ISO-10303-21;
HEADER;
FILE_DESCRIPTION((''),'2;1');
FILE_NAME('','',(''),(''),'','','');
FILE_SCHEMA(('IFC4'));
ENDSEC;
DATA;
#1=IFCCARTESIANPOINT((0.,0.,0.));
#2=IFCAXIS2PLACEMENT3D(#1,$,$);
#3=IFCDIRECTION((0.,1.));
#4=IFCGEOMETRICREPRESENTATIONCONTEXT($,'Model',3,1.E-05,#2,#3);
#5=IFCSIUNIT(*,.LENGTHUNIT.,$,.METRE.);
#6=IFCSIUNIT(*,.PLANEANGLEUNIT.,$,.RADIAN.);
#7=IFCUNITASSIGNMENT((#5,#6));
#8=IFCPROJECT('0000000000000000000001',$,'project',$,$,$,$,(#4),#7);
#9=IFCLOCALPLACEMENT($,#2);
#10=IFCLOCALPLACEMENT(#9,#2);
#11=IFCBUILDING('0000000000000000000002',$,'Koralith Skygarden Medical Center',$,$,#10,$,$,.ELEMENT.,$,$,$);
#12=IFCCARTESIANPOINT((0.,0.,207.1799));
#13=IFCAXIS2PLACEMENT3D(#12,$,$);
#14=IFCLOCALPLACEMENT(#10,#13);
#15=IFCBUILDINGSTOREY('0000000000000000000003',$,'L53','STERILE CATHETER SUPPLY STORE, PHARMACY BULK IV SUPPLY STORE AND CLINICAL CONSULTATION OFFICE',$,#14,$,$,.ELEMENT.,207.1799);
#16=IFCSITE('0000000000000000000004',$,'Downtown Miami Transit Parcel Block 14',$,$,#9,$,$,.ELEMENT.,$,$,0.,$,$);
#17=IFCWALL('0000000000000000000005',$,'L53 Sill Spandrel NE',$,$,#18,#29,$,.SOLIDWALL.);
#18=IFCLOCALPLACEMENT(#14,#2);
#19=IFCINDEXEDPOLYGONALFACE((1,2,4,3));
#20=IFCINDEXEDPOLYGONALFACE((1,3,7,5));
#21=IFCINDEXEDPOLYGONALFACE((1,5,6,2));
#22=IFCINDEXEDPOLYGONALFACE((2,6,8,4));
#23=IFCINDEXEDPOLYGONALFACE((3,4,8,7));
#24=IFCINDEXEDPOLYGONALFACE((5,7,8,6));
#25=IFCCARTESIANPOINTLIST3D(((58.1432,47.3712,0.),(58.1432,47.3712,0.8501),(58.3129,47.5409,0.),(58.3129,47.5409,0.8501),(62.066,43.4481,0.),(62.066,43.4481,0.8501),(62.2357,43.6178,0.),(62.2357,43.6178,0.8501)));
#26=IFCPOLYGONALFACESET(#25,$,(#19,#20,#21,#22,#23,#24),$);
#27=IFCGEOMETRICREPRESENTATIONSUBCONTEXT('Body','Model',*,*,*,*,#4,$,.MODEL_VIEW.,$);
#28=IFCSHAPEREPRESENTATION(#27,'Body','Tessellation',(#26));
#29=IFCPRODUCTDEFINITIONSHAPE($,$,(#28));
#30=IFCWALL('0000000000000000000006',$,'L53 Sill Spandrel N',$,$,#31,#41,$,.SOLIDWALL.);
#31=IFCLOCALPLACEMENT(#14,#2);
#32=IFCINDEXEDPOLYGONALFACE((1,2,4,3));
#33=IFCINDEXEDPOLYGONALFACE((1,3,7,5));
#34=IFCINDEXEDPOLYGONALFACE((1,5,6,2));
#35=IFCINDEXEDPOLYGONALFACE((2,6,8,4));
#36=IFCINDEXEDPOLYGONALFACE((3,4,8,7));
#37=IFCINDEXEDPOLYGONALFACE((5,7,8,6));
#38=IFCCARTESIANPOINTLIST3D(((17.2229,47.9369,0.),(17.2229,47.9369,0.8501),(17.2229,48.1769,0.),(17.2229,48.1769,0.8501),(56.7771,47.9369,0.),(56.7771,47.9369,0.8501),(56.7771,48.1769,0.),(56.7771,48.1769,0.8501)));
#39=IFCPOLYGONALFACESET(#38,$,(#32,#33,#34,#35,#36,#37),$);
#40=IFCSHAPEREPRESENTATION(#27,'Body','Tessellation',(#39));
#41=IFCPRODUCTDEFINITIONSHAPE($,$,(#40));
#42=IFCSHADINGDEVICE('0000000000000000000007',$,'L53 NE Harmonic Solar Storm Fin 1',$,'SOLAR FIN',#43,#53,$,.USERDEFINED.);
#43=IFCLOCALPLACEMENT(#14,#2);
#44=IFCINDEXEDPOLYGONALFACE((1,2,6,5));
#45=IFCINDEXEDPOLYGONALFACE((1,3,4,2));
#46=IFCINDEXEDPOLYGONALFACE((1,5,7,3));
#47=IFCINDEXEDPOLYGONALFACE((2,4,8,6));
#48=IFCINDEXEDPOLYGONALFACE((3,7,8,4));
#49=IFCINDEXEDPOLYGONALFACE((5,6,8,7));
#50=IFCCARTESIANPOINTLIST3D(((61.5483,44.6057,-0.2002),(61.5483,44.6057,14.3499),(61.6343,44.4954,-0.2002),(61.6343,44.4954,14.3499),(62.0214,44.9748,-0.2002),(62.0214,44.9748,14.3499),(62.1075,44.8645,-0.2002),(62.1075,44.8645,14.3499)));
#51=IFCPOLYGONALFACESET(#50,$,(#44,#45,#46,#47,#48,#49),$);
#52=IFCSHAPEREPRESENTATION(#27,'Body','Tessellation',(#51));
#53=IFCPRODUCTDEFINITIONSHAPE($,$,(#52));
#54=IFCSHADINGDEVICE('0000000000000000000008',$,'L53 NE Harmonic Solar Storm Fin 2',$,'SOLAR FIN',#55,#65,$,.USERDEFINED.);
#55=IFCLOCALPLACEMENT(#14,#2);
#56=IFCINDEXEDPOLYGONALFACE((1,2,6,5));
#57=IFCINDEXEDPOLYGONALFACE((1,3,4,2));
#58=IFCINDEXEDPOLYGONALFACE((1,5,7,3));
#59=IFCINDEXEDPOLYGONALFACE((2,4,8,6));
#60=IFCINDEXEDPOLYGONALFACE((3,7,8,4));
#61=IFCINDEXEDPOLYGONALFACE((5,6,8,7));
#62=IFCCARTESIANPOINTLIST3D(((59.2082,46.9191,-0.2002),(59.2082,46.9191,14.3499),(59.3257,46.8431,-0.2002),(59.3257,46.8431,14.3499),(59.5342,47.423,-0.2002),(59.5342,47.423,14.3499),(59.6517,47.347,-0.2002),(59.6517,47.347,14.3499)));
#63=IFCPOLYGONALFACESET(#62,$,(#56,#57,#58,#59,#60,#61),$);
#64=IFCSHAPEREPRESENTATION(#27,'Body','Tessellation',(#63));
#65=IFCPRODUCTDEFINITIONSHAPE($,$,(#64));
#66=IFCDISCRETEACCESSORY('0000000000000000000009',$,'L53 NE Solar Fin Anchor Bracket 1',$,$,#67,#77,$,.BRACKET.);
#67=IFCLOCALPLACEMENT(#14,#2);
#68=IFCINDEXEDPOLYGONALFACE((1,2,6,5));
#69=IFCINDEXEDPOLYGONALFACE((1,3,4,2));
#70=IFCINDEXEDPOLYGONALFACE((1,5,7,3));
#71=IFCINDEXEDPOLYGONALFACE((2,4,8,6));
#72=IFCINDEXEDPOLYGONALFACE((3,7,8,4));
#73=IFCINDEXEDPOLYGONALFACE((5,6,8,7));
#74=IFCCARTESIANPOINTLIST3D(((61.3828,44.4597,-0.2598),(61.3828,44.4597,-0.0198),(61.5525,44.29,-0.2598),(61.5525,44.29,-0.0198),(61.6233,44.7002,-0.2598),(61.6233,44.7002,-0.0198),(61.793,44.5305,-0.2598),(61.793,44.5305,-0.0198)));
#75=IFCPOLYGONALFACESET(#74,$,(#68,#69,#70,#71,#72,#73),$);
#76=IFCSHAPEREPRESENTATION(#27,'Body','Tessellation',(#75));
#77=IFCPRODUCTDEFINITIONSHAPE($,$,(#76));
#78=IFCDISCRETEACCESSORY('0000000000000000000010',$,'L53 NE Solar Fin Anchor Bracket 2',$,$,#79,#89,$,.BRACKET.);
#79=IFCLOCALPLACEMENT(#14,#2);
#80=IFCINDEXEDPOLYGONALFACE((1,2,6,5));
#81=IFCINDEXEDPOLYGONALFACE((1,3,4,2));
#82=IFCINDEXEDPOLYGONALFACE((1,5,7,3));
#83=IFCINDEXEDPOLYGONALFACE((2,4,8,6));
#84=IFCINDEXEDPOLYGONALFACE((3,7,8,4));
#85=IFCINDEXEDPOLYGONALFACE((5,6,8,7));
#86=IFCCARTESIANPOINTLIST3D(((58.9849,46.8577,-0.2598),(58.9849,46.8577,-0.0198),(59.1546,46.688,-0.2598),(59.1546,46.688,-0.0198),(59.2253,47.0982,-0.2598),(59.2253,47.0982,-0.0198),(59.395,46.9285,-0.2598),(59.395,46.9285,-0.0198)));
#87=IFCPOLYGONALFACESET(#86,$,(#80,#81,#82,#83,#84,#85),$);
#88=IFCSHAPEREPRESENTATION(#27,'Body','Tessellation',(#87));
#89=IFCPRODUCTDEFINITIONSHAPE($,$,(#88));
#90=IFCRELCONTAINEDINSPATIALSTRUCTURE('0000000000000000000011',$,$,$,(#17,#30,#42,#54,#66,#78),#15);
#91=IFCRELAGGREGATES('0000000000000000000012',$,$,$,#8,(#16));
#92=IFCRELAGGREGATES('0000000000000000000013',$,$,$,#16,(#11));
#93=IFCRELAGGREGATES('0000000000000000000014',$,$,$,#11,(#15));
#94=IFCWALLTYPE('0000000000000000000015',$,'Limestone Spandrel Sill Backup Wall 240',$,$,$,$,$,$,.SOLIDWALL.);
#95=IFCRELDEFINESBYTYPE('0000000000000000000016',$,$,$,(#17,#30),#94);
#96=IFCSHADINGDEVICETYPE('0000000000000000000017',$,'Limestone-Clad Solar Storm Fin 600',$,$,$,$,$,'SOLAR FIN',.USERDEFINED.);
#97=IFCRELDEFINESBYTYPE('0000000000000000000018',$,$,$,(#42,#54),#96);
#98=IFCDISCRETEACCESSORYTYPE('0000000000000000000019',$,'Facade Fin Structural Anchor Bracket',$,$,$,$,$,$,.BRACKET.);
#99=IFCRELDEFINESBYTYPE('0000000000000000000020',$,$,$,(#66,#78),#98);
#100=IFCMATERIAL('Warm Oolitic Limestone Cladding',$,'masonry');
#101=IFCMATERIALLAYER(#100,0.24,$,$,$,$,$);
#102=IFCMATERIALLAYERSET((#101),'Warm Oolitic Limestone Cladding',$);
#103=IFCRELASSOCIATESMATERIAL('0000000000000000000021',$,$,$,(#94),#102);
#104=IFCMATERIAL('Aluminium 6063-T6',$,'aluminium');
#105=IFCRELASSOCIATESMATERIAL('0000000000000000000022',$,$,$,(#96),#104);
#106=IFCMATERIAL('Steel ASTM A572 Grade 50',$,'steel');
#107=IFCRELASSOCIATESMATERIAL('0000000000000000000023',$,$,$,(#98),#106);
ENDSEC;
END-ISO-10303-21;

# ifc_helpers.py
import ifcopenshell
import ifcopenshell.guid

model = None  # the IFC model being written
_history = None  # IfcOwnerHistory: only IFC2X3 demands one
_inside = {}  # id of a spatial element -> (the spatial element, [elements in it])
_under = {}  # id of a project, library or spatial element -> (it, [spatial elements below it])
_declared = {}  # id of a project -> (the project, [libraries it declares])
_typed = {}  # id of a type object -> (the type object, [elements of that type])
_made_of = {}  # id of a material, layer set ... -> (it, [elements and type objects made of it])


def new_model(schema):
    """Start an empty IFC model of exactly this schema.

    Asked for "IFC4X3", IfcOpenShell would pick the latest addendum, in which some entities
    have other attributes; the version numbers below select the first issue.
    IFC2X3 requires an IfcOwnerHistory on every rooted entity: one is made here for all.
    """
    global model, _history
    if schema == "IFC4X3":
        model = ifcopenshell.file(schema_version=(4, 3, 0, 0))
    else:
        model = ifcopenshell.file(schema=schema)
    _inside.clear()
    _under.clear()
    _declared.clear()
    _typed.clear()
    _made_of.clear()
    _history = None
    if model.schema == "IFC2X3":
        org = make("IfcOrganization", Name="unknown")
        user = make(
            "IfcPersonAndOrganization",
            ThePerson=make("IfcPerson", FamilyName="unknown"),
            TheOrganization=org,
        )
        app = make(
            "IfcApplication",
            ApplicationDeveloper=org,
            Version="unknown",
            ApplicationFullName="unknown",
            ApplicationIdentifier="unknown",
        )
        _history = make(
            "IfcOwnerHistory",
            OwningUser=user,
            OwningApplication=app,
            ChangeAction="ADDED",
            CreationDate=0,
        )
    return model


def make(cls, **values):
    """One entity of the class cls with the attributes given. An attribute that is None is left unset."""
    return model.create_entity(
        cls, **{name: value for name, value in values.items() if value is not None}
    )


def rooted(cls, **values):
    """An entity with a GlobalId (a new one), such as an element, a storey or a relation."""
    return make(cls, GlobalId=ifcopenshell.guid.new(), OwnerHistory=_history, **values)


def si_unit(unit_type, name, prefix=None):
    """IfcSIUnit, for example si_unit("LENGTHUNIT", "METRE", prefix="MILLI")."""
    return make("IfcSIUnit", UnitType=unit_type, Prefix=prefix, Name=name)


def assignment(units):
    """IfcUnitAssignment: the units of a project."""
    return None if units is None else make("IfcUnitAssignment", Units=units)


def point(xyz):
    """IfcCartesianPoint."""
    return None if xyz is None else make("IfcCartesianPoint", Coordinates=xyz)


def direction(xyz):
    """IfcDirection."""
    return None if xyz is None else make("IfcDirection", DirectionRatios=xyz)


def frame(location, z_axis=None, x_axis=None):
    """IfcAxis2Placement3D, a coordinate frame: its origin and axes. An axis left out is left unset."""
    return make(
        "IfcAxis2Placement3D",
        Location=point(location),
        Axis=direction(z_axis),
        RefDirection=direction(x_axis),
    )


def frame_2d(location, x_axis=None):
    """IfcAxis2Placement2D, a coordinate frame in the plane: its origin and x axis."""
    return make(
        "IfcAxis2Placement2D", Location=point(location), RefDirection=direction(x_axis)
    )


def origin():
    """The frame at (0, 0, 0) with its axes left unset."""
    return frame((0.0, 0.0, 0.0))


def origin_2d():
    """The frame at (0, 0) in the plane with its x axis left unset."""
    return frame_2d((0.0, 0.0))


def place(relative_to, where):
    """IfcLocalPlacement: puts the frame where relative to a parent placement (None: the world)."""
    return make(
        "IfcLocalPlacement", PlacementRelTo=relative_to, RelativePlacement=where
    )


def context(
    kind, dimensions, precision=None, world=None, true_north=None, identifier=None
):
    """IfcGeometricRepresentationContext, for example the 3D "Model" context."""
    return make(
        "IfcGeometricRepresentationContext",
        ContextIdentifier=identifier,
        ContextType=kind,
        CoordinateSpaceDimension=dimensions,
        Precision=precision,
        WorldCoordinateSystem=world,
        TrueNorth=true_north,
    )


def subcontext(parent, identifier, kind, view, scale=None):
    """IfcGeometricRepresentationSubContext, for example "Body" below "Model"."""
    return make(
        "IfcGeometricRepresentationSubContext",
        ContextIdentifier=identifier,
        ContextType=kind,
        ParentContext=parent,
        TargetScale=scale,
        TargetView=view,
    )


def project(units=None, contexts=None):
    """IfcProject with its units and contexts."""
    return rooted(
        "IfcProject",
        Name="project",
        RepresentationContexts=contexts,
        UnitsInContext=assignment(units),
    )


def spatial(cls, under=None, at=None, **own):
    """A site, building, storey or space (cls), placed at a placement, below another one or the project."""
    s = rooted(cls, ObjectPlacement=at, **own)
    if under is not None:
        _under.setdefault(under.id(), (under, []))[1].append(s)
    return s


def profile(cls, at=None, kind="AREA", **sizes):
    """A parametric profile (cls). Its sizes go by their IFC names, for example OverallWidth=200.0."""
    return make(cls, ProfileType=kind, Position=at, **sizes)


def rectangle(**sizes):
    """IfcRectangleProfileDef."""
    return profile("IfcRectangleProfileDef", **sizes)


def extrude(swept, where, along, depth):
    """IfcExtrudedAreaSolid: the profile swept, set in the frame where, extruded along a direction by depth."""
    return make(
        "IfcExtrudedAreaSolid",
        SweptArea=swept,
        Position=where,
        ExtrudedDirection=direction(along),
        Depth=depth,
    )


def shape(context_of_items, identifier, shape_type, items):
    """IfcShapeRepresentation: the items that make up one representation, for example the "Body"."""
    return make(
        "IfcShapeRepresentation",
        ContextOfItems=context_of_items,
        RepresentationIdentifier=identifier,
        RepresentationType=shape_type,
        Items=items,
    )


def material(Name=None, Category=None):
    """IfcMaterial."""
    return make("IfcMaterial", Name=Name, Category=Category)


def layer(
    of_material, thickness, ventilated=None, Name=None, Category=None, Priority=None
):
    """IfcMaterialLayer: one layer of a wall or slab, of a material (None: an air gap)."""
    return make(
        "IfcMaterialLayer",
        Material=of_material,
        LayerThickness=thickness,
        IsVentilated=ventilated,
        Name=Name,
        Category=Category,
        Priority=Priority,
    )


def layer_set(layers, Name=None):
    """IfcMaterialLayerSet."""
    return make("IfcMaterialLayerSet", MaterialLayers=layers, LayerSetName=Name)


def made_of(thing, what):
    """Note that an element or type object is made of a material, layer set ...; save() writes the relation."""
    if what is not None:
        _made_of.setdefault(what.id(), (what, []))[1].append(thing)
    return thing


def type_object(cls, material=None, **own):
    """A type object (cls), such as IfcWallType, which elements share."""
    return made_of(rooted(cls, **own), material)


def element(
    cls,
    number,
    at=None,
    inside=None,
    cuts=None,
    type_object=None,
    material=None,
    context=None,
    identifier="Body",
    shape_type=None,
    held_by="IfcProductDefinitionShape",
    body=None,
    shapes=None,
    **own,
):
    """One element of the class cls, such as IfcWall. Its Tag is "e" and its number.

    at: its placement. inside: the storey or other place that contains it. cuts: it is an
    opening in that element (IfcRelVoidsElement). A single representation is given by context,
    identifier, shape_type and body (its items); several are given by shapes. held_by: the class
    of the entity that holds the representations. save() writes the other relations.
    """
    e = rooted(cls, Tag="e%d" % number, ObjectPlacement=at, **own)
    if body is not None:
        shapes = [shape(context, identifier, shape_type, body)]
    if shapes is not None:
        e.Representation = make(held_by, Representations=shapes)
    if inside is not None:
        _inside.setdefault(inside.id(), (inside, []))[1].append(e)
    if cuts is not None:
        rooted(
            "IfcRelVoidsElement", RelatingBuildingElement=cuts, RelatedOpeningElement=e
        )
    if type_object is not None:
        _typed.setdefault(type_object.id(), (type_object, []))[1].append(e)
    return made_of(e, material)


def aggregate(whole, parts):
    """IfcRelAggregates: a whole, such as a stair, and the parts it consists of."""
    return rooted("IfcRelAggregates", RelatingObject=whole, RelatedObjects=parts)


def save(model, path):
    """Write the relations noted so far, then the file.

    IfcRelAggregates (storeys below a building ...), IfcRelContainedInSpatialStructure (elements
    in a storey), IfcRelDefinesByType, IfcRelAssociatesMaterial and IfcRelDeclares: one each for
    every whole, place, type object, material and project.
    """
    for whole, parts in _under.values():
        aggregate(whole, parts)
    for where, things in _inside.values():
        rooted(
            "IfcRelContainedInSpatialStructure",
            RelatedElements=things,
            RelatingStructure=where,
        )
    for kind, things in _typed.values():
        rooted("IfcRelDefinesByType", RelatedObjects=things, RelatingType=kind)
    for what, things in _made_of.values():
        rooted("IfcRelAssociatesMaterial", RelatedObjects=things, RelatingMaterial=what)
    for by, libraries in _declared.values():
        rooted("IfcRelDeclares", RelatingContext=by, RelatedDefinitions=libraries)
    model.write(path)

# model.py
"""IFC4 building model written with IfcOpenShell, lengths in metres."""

from ifc_helpers import new_model, si_unit, direction, frame, frame_2d, origin, origin_2d, place, context, subcontext, project, spatial, rectangle, extrude, material, layer, layer_set, type_object, element, save


model = new_model("IFC4")

# Units and contexts
model_context = context("Model", 3, precision=1e-05, world=origin(), true_north=direction((0.0, 1.0)))
body_context = subcontext(model_context, "Body", "Model", "MODEL_VIEW")
ifc_project = project(units=[si_unit("LENGTHUNIT", "METRE"), si_unit("PLANEANGLEUNIT", "RADIAN")], contexts=[model_context])

# Site, building, storey
site_placement = place(None, origin())
site = spatial("IfcSite", under=ifc_project, at=site_placement, Name="Downtown Miami Transit Parcel Block 14", CompositionType="ELEMENT", RefElevation=0.0)
building_placement = place(site_placement, origin())
building = spatial("IfcBuilding", under=site, at=building_placement, Name="Koralith Skygarden Medical Center", CompositionType="ELEMENT")
storey_placement = place(building_placement, frame((0.0, 0.0, 207.1799)))
storey = spatial("IfcBuildingStorey", under=building, at=storey_placement, Name="L53", Description="STERILE CATHETER SUPPLY STORE, PHARMACY BULK IV SUPPLY STORE AND CLINICAL CONSULTATION OFFICE", CompositionType="ELEMENT", Elevation=207.1799)

# Shared definitions
ifc_material_1 = material(Name="Aluminium 6063-T6", Category="aluminium")

# Shared definitions
ifc_material_2 = material(Name="Warm Oolitic Limestone Cladding", Category="masonry")

# Walls
ifc_layer_1 = layer(ifc_material_2, 0.24)
ifc_layer_set_1 = layer_set([ifc_layer_1], Name="Warm Oolitic Limestone Cladding")
wall_type = type_object("IfcWallType", Name="Limestone Spandrel Sill Backup Wall 240", PredefinedType="SOLIDWALL", material=ifc_layer_set_1)
wall_1_placement = place(storey_placement, frame((62.1509, 43.533, 0.0), z_axis=(0.0, 0.0, 1.0), x_axis=(-0.707085, 0.707129, 0.0)))
element("IfcWall", 1, at=wall_1_placement, inside=storey, type_object=wall_type, Name="L53 Sill Spandrel NE", PredefinedType="SOLIDWALL", context=body_context, shape_type="SweptSolid", body=[
    extrude(rectangle(XDim=5.5479, YDim=0.24, at=frame_2d((2.7739, 0.0))), origin(), (0.0, 0.0, 1.0), 0.8501),
])
wall_2_placement = place(storey_placement, frame((56.7771, 48.0569, 0.0), z_axis=(0.0, 0.0, 1.0), x_axis=(-1.0, 0.0, 0.0)))
element("IfcWall", 2, at=wall_2_placement, inside=storey, type_object=wall_type, Name="L53 Sill Spandrel N", PredefinedType="SOLIDWALL", context=body_context, shape_type="SweptSolid", body=[
    extrude(rectangle(XDim=39.5542, YDim=0.24, at=frame_2d((19.7771, 0.0))), origin(), (0.0, 0.0, 1.0), 0.8501),
])

# Shading devices
shading_device_type = type_object("IfcShadingDeviceType", Name="Limestone-Clad Solar Storm Fin 600", ElementType="SOLAR FIN", PredefinedType="USERDEFINED", material=ifc_material_1)
for number, where, z_axis, x_axis, name in (
    (3, (61.8279, 44.7351, -0.2002), (0.0, 0.0, 1.0), (0.788473, 0.61507, 0.0), "L53 NE Harmonic Solar Storm Fin 1"),
    (4, (59.4299, 47.1331, -0.2002), (0.0, 0.0, 1.0), (0.543262, 0.839563, 0.0), "L53 NE Harmonic Solar Storm Fin 2"),
):
    element("IfcShadingDevice", number, at=place(storey_placement, frame(where, z_axis=z_axis, x_axis=x_axis)), inside=storey, type_object=shading_device_type, Name=name, ObjectType="SOLAR FIN", PredefinedType="USERDEFINED", context=body_context, shape_type="SweptSolid", body=[
        extrude(rectangle(XDim=0.6001, YDim=0.1399, at=origin_2d()), origin(), (0.0, 0.0, 1.0), 14.55),
    ])

# Discrete accessories
ifc_material_3 = material(Name="Steel ASTM A572 Grade 50", Category="steel")
discrete_accessory_type = type_object("IfcDiscreteAccessoryType", Name="Facade Fin Structural Anchor Bracket", PredefinedType="BRACKET", material=ifc_material_3)
for number, where, z_axis, x_axis, name in (
    (5, (61.5879, 44.4951, -0.2598), (0.0, 0.0, 1.0), (0.707107, 0.707107, 0.0), "L53 NE Solar Fin Anchor Bracket 1"),
    (6, (59.1899, 46.8931, -0.2598), (0.0, 0.0, 1.0), (0.707107, 0.707107, 0.0), "L53 NE Solar Fin Anchor Bracket 2"),
):
    element("IfcDiscreteAccessory", number, at=place(storey_placement, frame(where, z_axis=z_axis, x_axis=x_axis)), inside=storey, type_object=discrete_accessory_type, Name=name, PredefinedType="BRACKET", context=body_context, shape_type="SweptSolid", body=[
        extrude(rectangle(XDim=0.3401, YDim=0.24, at=origin_2d()), origin(), (0.0, 0.0, 1.0), 0.24),
    ])

save(model, "model.ifc")
